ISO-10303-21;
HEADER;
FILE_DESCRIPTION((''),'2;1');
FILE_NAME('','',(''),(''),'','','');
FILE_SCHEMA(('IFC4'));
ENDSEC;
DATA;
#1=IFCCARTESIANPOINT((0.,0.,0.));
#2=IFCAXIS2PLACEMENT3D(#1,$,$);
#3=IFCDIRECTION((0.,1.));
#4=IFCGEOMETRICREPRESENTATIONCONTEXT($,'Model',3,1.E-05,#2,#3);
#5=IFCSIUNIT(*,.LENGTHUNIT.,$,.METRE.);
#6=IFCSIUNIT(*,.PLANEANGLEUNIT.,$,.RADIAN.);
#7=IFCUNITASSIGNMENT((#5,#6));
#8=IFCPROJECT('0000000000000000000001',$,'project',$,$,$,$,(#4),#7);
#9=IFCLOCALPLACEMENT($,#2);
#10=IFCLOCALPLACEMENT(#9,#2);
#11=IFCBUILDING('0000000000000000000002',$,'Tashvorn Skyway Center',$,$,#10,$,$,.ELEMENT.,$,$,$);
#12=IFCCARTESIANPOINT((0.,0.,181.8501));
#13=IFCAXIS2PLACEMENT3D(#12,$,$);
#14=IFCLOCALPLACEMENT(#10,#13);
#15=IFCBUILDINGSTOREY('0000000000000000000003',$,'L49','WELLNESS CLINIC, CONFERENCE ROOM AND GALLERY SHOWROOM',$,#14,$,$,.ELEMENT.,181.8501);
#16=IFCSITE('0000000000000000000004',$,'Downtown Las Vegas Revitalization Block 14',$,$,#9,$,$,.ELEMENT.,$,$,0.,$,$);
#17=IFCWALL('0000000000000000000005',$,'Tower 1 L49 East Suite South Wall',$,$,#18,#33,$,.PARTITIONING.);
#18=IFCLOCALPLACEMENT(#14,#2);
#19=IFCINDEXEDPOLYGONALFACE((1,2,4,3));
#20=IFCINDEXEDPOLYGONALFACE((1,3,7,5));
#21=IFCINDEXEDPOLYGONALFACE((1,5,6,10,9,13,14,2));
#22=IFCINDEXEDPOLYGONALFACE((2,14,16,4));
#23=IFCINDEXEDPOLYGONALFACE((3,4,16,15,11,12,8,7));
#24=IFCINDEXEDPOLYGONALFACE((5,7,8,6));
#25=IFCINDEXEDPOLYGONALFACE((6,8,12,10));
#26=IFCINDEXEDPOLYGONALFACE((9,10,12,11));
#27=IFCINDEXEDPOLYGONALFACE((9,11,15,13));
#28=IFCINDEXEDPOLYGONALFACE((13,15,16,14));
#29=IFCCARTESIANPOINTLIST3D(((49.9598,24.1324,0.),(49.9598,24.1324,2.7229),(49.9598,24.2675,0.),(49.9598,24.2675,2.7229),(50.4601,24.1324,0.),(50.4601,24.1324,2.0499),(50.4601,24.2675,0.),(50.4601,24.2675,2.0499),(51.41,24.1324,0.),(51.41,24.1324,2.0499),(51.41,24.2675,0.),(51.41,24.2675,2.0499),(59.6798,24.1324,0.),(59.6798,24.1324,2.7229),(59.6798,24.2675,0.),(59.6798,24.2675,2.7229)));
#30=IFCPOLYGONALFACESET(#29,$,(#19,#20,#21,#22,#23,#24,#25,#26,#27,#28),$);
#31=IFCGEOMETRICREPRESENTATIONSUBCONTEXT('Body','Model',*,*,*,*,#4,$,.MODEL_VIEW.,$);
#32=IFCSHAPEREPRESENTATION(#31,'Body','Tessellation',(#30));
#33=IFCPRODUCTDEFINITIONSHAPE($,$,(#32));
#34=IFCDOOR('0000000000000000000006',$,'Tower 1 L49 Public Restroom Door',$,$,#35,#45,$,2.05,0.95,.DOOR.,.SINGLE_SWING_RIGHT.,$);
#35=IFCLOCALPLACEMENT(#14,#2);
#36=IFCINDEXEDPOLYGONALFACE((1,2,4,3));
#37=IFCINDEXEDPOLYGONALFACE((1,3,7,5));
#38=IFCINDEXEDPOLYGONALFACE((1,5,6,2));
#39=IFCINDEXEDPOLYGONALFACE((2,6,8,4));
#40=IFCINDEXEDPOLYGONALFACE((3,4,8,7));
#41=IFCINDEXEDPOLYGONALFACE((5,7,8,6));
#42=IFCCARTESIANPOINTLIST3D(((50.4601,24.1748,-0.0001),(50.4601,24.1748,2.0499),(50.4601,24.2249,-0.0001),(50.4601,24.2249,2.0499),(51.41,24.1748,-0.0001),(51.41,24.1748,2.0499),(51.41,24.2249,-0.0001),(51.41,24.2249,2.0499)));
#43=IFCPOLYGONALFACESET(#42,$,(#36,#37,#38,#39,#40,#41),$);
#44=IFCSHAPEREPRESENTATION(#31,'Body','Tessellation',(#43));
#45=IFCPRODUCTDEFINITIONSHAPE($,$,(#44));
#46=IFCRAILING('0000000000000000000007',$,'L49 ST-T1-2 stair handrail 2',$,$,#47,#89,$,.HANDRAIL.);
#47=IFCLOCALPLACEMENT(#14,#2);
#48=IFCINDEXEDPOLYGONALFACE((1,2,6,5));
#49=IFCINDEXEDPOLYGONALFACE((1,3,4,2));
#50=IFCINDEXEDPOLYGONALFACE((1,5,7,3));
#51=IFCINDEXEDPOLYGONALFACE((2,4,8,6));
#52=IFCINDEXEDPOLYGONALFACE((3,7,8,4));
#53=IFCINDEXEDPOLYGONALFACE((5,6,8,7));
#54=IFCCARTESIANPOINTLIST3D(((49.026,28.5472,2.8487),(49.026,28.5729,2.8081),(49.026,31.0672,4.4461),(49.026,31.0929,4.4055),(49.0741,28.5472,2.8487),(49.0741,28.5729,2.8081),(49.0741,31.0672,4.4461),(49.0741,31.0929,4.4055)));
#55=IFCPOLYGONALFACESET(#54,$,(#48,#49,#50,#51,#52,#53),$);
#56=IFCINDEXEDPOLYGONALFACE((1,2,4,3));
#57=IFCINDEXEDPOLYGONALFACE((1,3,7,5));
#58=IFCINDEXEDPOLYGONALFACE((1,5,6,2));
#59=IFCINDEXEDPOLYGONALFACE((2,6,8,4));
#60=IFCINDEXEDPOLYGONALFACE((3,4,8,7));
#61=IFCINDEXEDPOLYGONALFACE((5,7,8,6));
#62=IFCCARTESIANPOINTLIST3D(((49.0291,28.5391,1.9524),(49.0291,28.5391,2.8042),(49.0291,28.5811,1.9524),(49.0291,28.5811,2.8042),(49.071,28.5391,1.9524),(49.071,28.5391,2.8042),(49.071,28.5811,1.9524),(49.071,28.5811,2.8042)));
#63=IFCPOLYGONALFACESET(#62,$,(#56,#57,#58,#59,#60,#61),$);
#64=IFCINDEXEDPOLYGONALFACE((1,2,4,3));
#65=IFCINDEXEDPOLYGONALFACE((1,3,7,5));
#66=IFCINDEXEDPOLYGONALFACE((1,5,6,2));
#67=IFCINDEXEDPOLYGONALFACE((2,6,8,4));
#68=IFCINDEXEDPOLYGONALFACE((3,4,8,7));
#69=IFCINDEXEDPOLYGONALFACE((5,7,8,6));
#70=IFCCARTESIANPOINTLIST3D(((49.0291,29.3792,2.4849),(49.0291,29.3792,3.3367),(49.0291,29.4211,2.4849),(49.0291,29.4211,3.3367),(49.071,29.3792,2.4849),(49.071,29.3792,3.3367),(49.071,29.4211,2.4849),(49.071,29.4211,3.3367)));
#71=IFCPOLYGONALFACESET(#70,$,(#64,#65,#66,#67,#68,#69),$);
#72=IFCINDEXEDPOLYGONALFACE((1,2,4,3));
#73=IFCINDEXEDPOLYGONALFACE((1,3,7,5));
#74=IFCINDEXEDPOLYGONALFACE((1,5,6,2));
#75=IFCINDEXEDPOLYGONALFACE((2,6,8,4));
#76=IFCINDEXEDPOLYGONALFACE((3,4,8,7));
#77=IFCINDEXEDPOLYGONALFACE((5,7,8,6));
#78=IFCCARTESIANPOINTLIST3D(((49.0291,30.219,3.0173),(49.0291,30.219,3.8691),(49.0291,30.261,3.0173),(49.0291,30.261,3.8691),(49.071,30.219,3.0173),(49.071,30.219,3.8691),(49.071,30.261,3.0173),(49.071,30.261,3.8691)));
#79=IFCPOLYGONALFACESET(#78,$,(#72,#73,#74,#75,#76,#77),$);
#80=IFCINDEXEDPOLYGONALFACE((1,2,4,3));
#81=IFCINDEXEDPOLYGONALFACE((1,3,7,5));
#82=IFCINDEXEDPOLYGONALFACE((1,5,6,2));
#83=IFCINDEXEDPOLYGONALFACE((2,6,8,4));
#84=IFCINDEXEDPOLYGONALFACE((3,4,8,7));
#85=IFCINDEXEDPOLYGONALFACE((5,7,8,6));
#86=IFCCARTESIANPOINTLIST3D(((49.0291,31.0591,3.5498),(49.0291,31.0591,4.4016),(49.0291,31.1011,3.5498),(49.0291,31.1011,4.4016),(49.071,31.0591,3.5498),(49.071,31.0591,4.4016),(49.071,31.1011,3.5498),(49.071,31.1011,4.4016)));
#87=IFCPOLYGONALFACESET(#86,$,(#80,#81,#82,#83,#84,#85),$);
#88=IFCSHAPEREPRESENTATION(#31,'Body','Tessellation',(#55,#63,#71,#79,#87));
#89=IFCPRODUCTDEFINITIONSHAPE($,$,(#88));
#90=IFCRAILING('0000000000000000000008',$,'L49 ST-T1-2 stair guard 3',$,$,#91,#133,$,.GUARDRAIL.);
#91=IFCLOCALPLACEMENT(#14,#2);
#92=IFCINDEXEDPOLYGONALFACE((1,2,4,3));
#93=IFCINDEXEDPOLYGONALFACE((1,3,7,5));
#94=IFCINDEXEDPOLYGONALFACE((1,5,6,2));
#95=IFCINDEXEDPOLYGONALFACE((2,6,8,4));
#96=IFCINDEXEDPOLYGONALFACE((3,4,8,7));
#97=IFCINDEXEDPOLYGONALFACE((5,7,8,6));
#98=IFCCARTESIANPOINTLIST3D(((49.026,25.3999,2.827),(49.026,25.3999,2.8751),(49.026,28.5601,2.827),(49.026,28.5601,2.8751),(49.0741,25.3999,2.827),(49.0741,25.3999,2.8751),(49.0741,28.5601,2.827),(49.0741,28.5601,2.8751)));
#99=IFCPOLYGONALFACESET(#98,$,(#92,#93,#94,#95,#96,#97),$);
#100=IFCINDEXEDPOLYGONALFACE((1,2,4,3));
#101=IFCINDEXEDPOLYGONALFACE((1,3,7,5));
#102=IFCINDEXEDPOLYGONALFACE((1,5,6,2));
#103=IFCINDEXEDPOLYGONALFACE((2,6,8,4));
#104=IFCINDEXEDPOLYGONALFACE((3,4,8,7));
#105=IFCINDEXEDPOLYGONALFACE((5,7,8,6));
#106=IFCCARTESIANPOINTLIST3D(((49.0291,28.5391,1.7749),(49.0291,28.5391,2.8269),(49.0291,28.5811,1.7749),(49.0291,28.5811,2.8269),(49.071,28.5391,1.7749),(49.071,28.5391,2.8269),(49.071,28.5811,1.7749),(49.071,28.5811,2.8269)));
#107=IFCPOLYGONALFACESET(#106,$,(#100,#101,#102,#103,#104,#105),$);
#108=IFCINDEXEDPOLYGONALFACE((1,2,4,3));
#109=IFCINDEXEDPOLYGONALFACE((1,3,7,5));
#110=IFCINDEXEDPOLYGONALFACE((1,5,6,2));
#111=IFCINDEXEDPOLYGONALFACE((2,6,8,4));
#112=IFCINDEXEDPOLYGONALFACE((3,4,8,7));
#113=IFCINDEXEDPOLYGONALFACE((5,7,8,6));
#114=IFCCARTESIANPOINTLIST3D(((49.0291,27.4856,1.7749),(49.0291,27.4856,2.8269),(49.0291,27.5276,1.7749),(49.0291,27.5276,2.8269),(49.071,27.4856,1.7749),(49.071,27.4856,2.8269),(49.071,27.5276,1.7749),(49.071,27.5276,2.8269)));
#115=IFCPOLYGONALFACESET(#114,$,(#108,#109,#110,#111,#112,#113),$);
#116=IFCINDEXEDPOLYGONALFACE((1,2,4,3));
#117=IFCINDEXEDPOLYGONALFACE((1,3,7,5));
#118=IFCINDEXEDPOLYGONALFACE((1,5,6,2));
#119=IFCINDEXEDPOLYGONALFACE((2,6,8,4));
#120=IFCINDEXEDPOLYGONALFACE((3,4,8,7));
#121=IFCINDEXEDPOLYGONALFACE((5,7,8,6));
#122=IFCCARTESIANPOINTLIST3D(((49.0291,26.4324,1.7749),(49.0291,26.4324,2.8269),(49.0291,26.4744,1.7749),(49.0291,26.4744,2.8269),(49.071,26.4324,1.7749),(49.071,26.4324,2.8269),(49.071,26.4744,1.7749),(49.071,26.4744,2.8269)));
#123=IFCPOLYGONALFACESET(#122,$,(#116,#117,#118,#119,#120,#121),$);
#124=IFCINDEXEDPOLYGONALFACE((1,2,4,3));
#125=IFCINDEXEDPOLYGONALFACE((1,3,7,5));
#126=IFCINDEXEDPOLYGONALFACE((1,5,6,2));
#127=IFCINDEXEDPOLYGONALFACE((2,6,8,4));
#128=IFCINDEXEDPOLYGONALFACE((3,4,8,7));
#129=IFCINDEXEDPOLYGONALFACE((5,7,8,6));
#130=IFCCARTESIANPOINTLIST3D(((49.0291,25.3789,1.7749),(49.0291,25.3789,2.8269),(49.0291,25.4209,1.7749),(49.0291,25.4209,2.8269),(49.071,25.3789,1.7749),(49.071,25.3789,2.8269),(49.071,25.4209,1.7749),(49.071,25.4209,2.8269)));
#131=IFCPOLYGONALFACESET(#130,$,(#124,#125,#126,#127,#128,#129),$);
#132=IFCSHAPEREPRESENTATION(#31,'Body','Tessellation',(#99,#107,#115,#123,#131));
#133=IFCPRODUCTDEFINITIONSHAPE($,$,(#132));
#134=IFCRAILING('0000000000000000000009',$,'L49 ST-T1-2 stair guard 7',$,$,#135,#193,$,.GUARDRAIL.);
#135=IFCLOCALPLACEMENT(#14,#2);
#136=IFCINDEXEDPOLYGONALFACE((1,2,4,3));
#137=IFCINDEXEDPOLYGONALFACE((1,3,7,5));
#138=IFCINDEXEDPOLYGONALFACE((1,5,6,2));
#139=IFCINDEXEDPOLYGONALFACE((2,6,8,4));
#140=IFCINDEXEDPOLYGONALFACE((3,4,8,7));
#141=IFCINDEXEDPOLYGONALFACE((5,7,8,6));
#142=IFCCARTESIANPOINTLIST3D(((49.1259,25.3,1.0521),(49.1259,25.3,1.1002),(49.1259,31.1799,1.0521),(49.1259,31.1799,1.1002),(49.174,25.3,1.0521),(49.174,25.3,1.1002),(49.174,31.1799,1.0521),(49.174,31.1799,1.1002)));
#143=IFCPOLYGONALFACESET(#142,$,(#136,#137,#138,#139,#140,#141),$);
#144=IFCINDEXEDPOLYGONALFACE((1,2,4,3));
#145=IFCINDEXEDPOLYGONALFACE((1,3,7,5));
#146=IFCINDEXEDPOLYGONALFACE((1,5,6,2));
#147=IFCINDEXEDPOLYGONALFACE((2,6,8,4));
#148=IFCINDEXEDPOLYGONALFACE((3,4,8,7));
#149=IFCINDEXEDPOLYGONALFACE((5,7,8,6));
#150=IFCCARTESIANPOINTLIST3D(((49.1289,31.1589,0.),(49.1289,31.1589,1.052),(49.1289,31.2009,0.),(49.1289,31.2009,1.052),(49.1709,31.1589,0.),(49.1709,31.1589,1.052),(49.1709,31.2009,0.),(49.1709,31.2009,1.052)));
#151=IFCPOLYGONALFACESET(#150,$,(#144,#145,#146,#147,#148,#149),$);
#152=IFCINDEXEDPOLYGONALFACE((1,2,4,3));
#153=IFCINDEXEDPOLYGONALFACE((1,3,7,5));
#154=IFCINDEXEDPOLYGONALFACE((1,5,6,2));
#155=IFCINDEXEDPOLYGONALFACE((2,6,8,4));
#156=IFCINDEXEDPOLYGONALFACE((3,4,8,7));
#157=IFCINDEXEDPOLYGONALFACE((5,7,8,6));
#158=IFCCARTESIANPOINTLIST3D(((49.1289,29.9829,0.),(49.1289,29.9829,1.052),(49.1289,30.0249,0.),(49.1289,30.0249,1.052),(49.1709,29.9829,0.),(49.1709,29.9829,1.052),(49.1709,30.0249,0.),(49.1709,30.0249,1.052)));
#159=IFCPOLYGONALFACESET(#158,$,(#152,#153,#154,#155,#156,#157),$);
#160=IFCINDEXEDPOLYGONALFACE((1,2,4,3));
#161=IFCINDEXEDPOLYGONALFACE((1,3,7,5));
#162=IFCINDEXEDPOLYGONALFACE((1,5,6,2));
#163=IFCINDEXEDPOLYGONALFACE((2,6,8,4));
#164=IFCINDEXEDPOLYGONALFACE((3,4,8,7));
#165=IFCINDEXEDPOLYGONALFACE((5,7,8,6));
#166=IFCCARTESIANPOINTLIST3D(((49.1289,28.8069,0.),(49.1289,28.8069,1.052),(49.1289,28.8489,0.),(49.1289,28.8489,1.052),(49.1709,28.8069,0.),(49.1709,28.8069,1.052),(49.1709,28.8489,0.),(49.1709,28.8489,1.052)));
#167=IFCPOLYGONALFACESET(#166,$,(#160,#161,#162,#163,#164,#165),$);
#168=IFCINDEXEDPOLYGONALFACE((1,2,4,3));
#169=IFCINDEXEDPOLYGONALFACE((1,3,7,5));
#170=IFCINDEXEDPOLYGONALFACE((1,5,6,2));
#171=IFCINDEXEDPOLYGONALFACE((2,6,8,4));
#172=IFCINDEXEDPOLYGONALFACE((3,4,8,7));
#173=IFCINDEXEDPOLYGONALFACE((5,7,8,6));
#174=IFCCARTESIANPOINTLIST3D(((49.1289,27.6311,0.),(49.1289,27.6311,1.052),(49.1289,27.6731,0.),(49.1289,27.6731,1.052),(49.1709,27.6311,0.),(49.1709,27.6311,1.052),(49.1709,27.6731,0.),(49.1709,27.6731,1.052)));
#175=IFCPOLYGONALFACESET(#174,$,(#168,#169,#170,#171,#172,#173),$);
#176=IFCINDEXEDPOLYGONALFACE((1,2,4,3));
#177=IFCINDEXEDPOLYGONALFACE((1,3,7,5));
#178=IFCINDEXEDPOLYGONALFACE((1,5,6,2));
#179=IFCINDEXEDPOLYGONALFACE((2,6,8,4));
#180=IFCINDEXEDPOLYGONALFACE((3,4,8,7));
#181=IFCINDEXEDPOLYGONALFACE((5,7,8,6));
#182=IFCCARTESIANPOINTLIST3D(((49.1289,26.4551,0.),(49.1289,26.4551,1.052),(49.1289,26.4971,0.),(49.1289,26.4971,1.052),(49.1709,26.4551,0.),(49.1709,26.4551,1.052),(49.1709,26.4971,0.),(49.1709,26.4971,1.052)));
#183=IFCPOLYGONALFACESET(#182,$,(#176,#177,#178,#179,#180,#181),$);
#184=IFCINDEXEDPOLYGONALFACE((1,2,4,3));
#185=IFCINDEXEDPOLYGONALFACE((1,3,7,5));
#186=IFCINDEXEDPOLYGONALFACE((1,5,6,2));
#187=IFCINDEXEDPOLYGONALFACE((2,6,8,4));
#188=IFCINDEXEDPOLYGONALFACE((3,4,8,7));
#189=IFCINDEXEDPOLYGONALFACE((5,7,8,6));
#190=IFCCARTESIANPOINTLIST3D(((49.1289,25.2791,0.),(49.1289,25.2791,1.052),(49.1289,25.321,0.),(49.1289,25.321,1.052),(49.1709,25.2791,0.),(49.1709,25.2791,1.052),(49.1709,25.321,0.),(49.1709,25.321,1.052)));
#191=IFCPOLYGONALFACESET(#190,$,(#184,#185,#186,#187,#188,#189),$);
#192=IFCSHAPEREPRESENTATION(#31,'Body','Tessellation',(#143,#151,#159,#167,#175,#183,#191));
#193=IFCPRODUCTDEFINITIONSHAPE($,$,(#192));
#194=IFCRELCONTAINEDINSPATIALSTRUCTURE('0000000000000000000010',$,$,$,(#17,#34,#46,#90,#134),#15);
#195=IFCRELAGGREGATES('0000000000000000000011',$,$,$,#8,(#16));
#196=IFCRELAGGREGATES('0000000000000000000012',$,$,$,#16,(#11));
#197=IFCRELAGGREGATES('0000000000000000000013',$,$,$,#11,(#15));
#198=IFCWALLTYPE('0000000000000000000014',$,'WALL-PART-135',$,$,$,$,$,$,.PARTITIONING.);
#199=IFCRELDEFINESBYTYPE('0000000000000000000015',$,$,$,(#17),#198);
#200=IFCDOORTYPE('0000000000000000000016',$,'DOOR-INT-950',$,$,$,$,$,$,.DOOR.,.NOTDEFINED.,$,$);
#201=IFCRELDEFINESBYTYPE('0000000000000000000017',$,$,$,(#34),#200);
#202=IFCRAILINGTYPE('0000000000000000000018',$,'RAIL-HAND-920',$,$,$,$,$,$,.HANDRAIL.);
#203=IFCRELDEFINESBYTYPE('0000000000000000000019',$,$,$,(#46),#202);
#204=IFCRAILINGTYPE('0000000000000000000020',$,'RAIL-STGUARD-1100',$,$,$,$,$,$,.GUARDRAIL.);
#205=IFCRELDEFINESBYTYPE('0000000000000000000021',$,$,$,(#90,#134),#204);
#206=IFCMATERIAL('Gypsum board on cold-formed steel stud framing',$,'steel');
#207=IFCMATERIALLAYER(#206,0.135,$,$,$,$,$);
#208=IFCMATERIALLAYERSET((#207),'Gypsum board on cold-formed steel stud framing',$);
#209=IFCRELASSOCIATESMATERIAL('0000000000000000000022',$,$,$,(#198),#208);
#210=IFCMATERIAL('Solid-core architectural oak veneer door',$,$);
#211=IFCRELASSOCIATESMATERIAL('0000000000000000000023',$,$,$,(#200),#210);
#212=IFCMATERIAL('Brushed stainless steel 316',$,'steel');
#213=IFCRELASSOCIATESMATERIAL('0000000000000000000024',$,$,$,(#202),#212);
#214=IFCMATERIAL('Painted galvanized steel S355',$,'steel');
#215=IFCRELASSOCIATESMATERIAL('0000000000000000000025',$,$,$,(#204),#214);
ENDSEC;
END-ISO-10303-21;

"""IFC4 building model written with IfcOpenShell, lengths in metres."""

from ifc_helpers import new_model, si_unit, direction, frame, frame_2d, origin, origin_2d, place, context, subcontext, project, spatial, rectangle, extrude, material, layer, layer_set, type_object, element, fill, save


model = new_model("IFC4")

# Units and contexts
model_context = context("Model", 3, precision=1e-05, world=origin(), true_north=direction((0.0, 1.0)))
body_context = subcontext(model_context, "Body", "Model", "MODEL_VIEW")
ifc_project = project(units=[si_unit("LENGTHUNIT", "METRE"), si_unit("PLANEANGLEUNIT", "RADIAN")], contexts=[model_context])

# Site, building, storey
site_placement = place(None, origin())
site = spatial("IfcSite", under=ifc_project, at=site_placement, Name="Downtown Las Vegas Revitalization Block 14", CompositionType="ELEMENT", RefElevation=0.0)
building_placement = place(site_placement, origin())
building = spatial("IfcBuilding", under=site, at=building_placement, Name="Tashvorn Skyway Center", CompositionType="ELEMENT")
storey_placement = place(building_placement, frame((0.0, 0.0, 181.8501)))
storey = spatial("IfcBuildingStorey", under=building, at=storey_placement, Name="L49", Description="WELLNESS CLINIC, CONFERENCE ROOM AND GALLERY SHOWROOM", CompositionType="ELEMENT", Elevation=181.8501)

# Shared definitions
ifc_material_1 = material(Name="Gypsum board on cold-formed steel stud framing", Category="steel")

# Shared definitions
ifc_layer_1 = layer(ifc_material_1, 0.135)
ifc_layer_set_1 = layer_set([ifc_layer_1], Name="Gypsum board on cold-formed steel stud framing")
wall_type_1 = type_object("IfcWallType", Name="WALL-PART-135", PredefinedType="PARTITIONING", material=ifc_layer_set_1)
ifc_material_2 = material(Name="Solid-core architectural oak veneer door")
door_type_1 = type_object("IfcDoorType", Name="DOOR-INT-950", OperationType="NOTDEFINED", PredefinedType="DOOR", material=ifc_material_2)

# Wall, opening, door
wall_1_placement = place(storey_placement, frame((49.96, 24.2, 0.0), z_axis=(0.0, 0.0, 1.0), x_axis=(1.0, 0.0, 0.0)))
wall_1 = element("IfcWall", 1, at=wall_1_placement, inside=storey, type_object=wall_type_1, Name="Tower 1 L49 East Suite South Wall", PredefinedType="PARTITIONING", context=body_context, shape_type="SweptSolid", body=[
    extrude(rectangle(XDim=9.72, YDim=0.135, at=frame_2d((4.8599, 0.0))), origin(), (0.0, 0.0, 1.0), 2.7229),
])
opening_1_placement = place(wall_1_placement, frame((0.5, 0.0, 0.0)))
opening_1 = element("IfcOpeningElement", 2, at=opening_1_placement, cuts=wall_1, PredefinedType="OPENING", context=body_context, shape_type="SweptSolid", body=[
    extrude(rectangle(XDim=0.95, YDim=2.05, at=frame_2d((0.4751, 1.0249))), frame((0.0, 0.0774, 0.0), z_axis=(0.0, -1.0, 0.0), x_axis=(1.0, 0.0, 0.0)), (0.0, 0.0, 1.0), 0.155),
])
door_1_placement = place(opening_1_placement, origin())
door_1 = element("IfcDoor", 3, at=door_1_placement, inside=storey, type_object=door_type_1, Name="Tower 1 L49 Public Restroom Door", OperationType="SINGLE_SWING_RIGHT", OverallHeight=2.05, OverallWidth=0.95, PredefinedType="DOOR", context=body_context, shape_type="SweptSolid", body=[
    extrude(rectangle(XDim=0.95, YDim=2.05, at=frame_2d((0.4751, 1.0249))), frame((0.0, 0.0249, 0.0), z_axis=(0.0, -1.0, 0.0), x_axis=(1.0, 0.0, 0.0)), (0.0, 0.0, 1.0), 0.05),
])
fill(opening_1, door_1)

# Railings
ifc_material_3 = material(Name="Brushed stainless steel 316", Category="steel")
railing_type_1 = type_object("IfcRailingType", Name="RAIL-HAND-920", PredefinedType="HANDRAIL", material=ifc_material_3)
railing_1_placement = place(storey_placement, frame((49.05, 28.5601, 1.9524)))
element("IfcRailing", 4, at=railing_1_placement, inside=storey, type_object=railing_type_1, Name="L49 ST-T1-2 stair handrail 2", PredefinedType="HANDRAIL", context=body_context, shape_type="SweptSolid", body=[
    extrude(rectangle(XDim=0.0481, YDim=0.0481, at=origin_2d()), frame((0.0, 0.0, 0.876), z_axis=(0.0, 0.844607, 0.535387), x_axis=(-1.0, 0.0, 0.0)), (0.0, 0.0, 1.0), 2.9836),
    extrude(rectangle(XDim=0.042, YDim=0.042, at=origin_2d()), origin(), (0.0, 0.0, 1.0), 0.8518),
    extrude(rectangle(XDim=0.042, YDim=0.042, at=origin_2d()), frame((0.0, 0.8401, 0.5325)), (0.0, 0.0, 1.0), 0.8518),
    extrude(rectangle(XDim=0.042, YDim=0.042, at=origin_2d()), frame((0.0, 1.6799, 1.0649)), (0.0, 0.0, 1.0), 0.8518),
    extrude(rectangle(XDim=0.042, YDim=0.042, at=origin_2d()), frame((0.0, 2.52, 1.5974)), (0.0, 0.0, 1.0), 0.8518),
])
ifc_material_4 = material(Name="Painted galvanized steel S355", Category="steel")
railing_type_2 = type_object("IfcRailingType", Name="RAIL-STGUARD-1100", PredefinedType="GUARDRAIL", material=ifc_material_4)
railing_2_placement = place(storey_placement, frame((49.05, 28.5601, 1.7749)))
element("IfcRailing", 5, at=railing_2_placement, inside=storey, type_object=railing_type_2, Name="L49 ST-T1-2 stair guard 3", PredefinedType="GUARDRAIL", context=body_context, shape_type="SweptSolid", body=[
    extrude(rectangle(XDim=0.0481, YDim=0.0481, at=origin_2d()), frame((0.0, 0.0, 1.0762), z_axis=(0.0, -1.0, 0.0), x_axis=(1.0, 0.0, 0.0)), (0.0, 0.0, 1.0), 3.1602),
    extrude(rectangle(XDim=0.042, YDim=0.042, at=origin_2d()), origin(), (0.0, 0.0, 1.0), 1.052),
    extrude(rectangle(XDim=0.042, YDim=0.042, at=origin_2d()), frame((0.0, -1.0535, 0.0)), (0.0, 0.0, 1.0), 1.052),
    extrude(rectangle(XDim=0.042, YDim=0.042, at=origin_2d()), frame((0.0, -2.1067, 0.0)), (0.0, 0.0, 1.0), 1.052),
    extrude(rectangle(XDim=0.042, YDim=0.042, at=origin_2d()), frame((0.0, -3.1602, 0.0)), (0.0, 0.0, 1.0), 1.052),
])
railing_3_placement = place(storey_placement, frame((49.1499, 31.1799, 0.0)))
element("IfcRailing", 6, at=railing_3_placement, inside=storey, type_object=railing_type_2, Name="L49 ST-T1-2 stair guard 7", PredefinedType="GUARDRAIL", context=body_context, shape_type="SweptSolid", body=[
    extrude(rectangle(XDim=0.0481, YDim=0.0481, at=origin_2d()), frame((0.0, 0.0, 1.0762), z_axis=(0.0, -1.0, 0.0), x_axis=(1.0, 0.0, 0.0)), (0.0, 0.0, 1.0), 5.8799),
    extrude(rectangle(XDim=0.042, YDim=0.042, at=origin_2d()), origin(), (0.0, 0.0, 1.0), 1.052),
    extrude(rectangle(XDim=0.042, YDim=0.042, at=origin_2d()), frame((0.0, -1.176, 0.0)), (0.0, 0.0, 1.0), 1.052),
    extrude(rectangle(XDim=0.042, YDim=0.042, at=origin_2d()), frame((0.0, -2.3521, 0.0)), (0.0, 0.0, 1.0), 1.052),
    extrude(rectangle(XDim=0.042, YDim=0.042, at=origin_2d()), frame((0.0, -3.5278, 0.0)), (0.0, 0.0, 1.0), 1.052),
    extrude(rectangle(XDim=0.042, YDim=0.042, at=origin_2d()), frame((0.0, -4.7039, 0.0)), (0.0, 0.0, 1.0), 1.052),
    extrude(rectangle(XDim=0.042, YDim=0.042, at=origin_2d()), frame((0.0, -5.8799, 0.0)), (0.0, 0.0, 1.0), 1.052),
])

save(model, "model.ifc")
